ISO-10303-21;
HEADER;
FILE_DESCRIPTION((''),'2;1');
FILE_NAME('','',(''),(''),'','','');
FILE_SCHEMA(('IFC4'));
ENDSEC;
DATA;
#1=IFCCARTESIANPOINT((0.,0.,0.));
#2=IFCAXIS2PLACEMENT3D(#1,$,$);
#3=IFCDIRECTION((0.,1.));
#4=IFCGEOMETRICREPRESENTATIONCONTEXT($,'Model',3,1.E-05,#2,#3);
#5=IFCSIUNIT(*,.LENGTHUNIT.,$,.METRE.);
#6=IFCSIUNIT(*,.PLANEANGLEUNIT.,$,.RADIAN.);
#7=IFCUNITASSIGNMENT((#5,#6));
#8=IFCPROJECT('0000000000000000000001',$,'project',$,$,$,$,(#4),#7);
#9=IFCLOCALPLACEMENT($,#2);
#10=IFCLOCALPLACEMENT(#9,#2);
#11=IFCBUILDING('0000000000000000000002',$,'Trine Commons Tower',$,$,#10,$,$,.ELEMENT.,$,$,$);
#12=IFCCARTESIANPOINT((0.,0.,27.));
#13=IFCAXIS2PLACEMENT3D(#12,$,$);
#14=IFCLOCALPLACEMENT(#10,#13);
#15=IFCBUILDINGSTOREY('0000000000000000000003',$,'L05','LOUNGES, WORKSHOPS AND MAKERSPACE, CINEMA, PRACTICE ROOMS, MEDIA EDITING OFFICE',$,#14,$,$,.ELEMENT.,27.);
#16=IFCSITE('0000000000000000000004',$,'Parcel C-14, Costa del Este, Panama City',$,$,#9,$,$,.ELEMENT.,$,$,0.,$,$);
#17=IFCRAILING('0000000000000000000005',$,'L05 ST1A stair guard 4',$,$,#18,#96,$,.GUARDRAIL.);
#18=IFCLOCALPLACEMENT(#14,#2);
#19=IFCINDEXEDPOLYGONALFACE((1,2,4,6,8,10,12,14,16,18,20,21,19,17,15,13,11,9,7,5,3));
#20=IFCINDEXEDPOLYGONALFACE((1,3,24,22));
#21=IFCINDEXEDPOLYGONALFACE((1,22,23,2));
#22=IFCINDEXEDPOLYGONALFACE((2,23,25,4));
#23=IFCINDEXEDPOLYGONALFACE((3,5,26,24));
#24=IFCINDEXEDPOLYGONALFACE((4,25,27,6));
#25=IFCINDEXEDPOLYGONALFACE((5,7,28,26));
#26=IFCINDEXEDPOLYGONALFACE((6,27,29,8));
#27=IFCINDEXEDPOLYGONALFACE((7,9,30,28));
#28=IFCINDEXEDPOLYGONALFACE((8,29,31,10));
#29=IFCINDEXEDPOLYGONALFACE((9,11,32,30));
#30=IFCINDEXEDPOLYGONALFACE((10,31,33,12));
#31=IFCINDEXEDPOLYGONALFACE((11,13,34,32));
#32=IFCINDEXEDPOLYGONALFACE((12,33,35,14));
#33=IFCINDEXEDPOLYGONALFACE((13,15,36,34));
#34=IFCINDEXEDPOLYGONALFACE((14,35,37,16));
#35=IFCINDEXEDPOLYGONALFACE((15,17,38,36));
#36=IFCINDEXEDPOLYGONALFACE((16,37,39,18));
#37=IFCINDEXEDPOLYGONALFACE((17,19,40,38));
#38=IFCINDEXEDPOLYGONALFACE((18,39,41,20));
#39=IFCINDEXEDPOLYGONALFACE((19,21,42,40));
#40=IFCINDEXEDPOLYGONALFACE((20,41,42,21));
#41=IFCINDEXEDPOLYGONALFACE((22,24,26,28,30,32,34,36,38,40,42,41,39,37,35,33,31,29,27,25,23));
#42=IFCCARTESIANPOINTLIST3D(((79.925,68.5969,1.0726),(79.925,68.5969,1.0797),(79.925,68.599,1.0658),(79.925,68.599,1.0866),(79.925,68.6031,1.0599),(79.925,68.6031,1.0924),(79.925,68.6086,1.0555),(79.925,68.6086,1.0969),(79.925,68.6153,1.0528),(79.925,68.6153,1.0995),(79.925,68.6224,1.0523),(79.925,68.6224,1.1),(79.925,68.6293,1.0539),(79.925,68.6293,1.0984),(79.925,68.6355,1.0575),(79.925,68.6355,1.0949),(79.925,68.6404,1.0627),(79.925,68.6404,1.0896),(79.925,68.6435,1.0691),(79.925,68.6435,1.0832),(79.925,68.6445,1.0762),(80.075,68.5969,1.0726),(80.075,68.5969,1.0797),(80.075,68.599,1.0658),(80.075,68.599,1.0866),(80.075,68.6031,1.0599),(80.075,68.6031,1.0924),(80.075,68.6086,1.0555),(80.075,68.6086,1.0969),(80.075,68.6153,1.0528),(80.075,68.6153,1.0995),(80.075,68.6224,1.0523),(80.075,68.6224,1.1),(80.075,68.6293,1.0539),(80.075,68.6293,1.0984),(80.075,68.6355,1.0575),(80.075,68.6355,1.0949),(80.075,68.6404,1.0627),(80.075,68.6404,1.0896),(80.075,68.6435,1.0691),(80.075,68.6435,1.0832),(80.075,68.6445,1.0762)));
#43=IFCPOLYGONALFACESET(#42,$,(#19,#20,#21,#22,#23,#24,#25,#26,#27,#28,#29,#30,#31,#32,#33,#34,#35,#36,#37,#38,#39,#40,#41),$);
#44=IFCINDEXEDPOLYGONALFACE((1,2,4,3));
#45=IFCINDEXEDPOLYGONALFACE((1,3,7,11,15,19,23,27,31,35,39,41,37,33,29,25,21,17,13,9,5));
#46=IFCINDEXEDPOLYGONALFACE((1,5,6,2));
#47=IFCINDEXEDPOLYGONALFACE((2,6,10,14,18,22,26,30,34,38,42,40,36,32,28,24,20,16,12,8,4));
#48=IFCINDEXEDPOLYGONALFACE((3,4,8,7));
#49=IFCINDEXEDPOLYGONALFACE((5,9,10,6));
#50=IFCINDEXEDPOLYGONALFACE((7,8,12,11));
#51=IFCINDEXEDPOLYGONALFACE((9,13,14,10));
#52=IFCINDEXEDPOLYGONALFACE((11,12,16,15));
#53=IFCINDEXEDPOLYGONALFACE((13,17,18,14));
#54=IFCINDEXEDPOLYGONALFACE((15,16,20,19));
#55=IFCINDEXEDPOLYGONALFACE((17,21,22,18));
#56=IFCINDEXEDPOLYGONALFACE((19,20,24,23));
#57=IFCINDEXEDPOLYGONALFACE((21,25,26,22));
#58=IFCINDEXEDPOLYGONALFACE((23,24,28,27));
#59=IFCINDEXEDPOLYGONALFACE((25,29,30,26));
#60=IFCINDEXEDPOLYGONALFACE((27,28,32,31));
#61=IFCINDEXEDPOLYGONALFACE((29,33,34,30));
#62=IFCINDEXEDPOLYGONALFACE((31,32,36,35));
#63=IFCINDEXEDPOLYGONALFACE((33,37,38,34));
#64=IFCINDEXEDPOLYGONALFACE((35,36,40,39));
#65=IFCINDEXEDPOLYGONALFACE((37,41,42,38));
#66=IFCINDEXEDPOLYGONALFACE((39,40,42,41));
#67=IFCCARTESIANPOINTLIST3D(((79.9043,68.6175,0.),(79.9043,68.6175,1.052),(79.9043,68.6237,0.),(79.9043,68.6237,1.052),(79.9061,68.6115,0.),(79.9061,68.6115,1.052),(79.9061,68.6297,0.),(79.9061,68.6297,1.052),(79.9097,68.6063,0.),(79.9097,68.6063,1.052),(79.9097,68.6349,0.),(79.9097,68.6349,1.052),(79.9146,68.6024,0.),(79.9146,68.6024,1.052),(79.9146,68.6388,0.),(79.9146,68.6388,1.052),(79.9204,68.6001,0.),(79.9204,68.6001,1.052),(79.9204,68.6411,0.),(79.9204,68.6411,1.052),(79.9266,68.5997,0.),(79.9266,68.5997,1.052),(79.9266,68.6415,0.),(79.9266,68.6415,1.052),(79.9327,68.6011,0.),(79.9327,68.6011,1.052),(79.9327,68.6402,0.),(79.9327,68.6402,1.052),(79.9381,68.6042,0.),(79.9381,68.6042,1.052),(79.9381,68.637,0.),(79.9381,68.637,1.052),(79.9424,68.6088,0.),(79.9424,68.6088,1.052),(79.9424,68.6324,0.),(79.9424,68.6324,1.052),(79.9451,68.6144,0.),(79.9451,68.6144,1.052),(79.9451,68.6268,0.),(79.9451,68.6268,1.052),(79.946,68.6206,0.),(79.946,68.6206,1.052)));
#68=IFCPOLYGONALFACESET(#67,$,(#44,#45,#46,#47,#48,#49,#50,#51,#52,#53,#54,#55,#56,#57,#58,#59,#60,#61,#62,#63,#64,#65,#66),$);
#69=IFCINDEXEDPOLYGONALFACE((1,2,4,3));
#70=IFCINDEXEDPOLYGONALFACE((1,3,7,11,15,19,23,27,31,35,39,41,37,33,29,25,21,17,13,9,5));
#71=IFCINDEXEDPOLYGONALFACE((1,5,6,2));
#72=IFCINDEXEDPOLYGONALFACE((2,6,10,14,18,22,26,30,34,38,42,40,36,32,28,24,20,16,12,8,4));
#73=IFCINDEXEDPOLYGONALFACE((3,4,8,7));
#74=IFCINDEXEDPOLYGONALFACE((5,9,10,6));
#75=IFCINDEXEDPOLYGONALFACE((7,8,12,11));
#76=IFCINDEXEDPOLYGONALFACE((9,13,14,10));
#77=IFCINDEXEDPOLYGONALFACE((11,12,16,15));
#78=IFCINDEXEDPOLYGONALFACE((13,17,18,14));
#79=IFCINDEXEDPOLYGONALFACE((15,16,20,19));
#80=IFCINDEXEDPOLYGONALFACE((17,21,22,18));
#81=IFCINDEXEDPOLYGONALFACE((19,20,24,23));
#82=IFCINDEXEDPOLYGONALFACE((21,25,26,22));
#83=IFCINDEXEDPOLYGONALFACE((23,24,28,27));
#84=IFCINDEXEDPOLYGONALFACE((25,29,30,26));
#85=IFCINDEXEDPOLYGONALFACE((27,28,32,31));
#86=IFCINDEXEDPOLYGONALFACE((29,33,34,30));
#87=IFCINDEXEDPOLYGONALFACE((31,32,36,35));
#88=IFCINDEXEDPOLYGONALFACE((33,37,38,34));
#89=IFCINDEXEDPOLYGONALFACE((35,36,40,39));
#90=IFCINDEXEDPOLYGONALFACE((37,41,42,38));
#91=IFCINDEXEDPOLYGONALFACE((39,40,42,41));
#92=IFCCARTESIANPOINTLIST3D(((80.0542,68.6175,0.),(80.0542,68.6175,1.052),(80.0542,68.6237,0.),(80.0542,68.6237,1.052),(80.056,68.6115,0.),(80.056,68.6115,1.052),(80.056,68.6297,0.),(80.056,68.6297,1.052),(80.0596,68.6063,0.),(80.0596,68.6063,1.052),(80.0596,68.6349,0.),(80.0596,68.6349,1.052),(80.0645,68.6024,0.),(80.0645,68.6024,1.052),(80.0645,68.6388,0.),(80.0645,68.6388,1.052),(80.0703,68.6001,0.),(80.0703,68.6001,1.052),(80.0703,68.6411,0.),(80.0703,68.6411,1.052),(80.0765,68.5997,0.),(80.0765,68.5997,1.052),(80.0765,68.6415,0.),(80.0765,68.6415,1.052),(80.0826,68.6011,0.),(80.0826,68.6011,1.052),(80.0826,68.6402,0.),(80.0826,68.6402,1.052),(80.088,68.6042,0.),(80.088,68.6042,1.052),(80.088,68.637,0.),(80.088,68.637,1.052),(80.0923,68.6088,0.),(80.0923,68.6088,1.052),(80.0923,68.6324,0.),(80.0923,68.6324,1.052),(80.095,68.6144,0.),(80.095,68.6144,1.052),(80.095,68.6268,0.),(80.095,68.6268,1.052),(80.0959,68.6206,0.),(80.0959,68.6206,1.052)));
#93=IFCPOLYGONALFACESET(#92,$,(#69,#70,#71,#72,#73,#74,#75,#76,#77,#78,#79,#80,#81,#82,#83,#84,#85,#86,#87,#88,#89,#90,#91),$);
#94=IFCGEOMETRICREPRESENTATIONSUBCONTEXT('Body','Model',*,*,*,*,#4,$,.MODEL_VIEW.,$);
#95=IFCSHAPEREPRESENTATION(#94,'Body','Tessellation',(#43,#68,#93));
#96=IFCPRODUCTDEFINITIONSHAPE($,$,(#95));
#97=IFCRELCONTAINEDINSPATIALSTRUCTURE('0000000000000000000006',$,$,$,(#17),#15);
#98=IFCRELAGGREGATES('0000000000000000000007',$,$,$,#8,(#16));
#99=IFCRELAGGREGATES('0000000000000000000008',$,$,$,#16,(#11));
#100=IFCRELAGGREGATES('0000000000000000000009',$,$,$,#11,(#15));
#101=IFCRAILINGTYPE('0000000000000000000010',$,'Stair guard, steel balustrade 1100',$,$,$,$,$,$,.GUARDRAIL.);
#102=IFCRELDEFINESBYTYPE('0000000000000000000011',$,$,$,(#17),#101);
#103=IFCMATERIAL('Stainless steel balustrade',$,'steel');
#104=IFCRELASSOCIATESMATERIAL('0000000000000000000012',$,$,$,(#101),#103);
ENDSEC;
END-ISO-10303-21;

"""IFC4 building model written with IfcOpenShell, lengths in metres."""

from ifc_helpers import new_model, si_unit, direction, frame, origin, origin_2d, place, context, subcontext, project, spatial, circle, extrude, material, type_object, element, save


model = new_model("IFC4")

# Units and contexts
model_context = context("Model", 3, precision=1e-05, world=origin(), true_north=direction((0.0, 1.0)))
body_context = subcontext(model_context, "Body", "Model", "MODEL_VIEW")
ifc_project = project(units=[si_unit("LENGTHUNIT", "METRE"), si_unit("PLANEANGLEUNIT", "RADIAN")], contexts=[model_context])

# Site, building, storey
site_placement = place(None, origin())
site = spatial("IfcSite", under=ifc_project, at=site_placement, Name="Parcel C-14, Costa del Este, Panama City", CompositionType="ELEMENT", RefElevation=0.0)
building_placement = place(site_placement, origin())
building = spatial("IfcBuilding", under=site, at=building_placement, Name="Trine Commons Tower", CompositionType="ELEMENT")
storey_placement = place(building_placement, frame((0.0, 0.0, 27.0)))
storey = spatial("IfcBuildingStorey", under=building, at=storey_placement, Name="L05", Description="LOUNGES, WORKSHOPS AND MAKERSPACE, CINEMA, PRACTICE ROOMS, MEDIA EDITING OFFICE", CompositionType="ELEMENT", Elevation=27.0)

# Railing
ifc_material_1 = material(Name="Stainless steel balustrade", Category="steel")
railing_type_1 = type_object("IfcRailingType", Name="Stair guard, steel balustrade 1100", PredefinedType="GUARDRAIL", material=ifc_material_1)
railing_1_placement = place(storey_placement, frame((79.925, 68.6206, 0.0)))
element("IfcRailing", 1, at=railing_1_placement, inside=storey, type_object=railing_type_1, Name="L05 ST1A stair guard 4", PredefinedType="GUARDRAIL", context=body_context, shape_type="SweptSolid", body=[
    extrude(circle(Radius=0.0239, at=origin_2d()), frame((0.0, 0.0, 1.0762), z_axis=(1.0, 0.0, 0.0), x_axis=(0.0, 1.0, 0.0)), (0.0, 0.0, 1.0), 0.1499),
    extrude(circle(Radius=0.021, at=origin_2d()), origin(), (0.0, 0.0, 1.0), 1.052),
    extrude(circle(Radius=0.021, at=origin_2d()), frame((0.1499, 0.0, 0.0)), (0.0, 0.0, 1.0), 1.052),
])

save(model, "model.ifc")
